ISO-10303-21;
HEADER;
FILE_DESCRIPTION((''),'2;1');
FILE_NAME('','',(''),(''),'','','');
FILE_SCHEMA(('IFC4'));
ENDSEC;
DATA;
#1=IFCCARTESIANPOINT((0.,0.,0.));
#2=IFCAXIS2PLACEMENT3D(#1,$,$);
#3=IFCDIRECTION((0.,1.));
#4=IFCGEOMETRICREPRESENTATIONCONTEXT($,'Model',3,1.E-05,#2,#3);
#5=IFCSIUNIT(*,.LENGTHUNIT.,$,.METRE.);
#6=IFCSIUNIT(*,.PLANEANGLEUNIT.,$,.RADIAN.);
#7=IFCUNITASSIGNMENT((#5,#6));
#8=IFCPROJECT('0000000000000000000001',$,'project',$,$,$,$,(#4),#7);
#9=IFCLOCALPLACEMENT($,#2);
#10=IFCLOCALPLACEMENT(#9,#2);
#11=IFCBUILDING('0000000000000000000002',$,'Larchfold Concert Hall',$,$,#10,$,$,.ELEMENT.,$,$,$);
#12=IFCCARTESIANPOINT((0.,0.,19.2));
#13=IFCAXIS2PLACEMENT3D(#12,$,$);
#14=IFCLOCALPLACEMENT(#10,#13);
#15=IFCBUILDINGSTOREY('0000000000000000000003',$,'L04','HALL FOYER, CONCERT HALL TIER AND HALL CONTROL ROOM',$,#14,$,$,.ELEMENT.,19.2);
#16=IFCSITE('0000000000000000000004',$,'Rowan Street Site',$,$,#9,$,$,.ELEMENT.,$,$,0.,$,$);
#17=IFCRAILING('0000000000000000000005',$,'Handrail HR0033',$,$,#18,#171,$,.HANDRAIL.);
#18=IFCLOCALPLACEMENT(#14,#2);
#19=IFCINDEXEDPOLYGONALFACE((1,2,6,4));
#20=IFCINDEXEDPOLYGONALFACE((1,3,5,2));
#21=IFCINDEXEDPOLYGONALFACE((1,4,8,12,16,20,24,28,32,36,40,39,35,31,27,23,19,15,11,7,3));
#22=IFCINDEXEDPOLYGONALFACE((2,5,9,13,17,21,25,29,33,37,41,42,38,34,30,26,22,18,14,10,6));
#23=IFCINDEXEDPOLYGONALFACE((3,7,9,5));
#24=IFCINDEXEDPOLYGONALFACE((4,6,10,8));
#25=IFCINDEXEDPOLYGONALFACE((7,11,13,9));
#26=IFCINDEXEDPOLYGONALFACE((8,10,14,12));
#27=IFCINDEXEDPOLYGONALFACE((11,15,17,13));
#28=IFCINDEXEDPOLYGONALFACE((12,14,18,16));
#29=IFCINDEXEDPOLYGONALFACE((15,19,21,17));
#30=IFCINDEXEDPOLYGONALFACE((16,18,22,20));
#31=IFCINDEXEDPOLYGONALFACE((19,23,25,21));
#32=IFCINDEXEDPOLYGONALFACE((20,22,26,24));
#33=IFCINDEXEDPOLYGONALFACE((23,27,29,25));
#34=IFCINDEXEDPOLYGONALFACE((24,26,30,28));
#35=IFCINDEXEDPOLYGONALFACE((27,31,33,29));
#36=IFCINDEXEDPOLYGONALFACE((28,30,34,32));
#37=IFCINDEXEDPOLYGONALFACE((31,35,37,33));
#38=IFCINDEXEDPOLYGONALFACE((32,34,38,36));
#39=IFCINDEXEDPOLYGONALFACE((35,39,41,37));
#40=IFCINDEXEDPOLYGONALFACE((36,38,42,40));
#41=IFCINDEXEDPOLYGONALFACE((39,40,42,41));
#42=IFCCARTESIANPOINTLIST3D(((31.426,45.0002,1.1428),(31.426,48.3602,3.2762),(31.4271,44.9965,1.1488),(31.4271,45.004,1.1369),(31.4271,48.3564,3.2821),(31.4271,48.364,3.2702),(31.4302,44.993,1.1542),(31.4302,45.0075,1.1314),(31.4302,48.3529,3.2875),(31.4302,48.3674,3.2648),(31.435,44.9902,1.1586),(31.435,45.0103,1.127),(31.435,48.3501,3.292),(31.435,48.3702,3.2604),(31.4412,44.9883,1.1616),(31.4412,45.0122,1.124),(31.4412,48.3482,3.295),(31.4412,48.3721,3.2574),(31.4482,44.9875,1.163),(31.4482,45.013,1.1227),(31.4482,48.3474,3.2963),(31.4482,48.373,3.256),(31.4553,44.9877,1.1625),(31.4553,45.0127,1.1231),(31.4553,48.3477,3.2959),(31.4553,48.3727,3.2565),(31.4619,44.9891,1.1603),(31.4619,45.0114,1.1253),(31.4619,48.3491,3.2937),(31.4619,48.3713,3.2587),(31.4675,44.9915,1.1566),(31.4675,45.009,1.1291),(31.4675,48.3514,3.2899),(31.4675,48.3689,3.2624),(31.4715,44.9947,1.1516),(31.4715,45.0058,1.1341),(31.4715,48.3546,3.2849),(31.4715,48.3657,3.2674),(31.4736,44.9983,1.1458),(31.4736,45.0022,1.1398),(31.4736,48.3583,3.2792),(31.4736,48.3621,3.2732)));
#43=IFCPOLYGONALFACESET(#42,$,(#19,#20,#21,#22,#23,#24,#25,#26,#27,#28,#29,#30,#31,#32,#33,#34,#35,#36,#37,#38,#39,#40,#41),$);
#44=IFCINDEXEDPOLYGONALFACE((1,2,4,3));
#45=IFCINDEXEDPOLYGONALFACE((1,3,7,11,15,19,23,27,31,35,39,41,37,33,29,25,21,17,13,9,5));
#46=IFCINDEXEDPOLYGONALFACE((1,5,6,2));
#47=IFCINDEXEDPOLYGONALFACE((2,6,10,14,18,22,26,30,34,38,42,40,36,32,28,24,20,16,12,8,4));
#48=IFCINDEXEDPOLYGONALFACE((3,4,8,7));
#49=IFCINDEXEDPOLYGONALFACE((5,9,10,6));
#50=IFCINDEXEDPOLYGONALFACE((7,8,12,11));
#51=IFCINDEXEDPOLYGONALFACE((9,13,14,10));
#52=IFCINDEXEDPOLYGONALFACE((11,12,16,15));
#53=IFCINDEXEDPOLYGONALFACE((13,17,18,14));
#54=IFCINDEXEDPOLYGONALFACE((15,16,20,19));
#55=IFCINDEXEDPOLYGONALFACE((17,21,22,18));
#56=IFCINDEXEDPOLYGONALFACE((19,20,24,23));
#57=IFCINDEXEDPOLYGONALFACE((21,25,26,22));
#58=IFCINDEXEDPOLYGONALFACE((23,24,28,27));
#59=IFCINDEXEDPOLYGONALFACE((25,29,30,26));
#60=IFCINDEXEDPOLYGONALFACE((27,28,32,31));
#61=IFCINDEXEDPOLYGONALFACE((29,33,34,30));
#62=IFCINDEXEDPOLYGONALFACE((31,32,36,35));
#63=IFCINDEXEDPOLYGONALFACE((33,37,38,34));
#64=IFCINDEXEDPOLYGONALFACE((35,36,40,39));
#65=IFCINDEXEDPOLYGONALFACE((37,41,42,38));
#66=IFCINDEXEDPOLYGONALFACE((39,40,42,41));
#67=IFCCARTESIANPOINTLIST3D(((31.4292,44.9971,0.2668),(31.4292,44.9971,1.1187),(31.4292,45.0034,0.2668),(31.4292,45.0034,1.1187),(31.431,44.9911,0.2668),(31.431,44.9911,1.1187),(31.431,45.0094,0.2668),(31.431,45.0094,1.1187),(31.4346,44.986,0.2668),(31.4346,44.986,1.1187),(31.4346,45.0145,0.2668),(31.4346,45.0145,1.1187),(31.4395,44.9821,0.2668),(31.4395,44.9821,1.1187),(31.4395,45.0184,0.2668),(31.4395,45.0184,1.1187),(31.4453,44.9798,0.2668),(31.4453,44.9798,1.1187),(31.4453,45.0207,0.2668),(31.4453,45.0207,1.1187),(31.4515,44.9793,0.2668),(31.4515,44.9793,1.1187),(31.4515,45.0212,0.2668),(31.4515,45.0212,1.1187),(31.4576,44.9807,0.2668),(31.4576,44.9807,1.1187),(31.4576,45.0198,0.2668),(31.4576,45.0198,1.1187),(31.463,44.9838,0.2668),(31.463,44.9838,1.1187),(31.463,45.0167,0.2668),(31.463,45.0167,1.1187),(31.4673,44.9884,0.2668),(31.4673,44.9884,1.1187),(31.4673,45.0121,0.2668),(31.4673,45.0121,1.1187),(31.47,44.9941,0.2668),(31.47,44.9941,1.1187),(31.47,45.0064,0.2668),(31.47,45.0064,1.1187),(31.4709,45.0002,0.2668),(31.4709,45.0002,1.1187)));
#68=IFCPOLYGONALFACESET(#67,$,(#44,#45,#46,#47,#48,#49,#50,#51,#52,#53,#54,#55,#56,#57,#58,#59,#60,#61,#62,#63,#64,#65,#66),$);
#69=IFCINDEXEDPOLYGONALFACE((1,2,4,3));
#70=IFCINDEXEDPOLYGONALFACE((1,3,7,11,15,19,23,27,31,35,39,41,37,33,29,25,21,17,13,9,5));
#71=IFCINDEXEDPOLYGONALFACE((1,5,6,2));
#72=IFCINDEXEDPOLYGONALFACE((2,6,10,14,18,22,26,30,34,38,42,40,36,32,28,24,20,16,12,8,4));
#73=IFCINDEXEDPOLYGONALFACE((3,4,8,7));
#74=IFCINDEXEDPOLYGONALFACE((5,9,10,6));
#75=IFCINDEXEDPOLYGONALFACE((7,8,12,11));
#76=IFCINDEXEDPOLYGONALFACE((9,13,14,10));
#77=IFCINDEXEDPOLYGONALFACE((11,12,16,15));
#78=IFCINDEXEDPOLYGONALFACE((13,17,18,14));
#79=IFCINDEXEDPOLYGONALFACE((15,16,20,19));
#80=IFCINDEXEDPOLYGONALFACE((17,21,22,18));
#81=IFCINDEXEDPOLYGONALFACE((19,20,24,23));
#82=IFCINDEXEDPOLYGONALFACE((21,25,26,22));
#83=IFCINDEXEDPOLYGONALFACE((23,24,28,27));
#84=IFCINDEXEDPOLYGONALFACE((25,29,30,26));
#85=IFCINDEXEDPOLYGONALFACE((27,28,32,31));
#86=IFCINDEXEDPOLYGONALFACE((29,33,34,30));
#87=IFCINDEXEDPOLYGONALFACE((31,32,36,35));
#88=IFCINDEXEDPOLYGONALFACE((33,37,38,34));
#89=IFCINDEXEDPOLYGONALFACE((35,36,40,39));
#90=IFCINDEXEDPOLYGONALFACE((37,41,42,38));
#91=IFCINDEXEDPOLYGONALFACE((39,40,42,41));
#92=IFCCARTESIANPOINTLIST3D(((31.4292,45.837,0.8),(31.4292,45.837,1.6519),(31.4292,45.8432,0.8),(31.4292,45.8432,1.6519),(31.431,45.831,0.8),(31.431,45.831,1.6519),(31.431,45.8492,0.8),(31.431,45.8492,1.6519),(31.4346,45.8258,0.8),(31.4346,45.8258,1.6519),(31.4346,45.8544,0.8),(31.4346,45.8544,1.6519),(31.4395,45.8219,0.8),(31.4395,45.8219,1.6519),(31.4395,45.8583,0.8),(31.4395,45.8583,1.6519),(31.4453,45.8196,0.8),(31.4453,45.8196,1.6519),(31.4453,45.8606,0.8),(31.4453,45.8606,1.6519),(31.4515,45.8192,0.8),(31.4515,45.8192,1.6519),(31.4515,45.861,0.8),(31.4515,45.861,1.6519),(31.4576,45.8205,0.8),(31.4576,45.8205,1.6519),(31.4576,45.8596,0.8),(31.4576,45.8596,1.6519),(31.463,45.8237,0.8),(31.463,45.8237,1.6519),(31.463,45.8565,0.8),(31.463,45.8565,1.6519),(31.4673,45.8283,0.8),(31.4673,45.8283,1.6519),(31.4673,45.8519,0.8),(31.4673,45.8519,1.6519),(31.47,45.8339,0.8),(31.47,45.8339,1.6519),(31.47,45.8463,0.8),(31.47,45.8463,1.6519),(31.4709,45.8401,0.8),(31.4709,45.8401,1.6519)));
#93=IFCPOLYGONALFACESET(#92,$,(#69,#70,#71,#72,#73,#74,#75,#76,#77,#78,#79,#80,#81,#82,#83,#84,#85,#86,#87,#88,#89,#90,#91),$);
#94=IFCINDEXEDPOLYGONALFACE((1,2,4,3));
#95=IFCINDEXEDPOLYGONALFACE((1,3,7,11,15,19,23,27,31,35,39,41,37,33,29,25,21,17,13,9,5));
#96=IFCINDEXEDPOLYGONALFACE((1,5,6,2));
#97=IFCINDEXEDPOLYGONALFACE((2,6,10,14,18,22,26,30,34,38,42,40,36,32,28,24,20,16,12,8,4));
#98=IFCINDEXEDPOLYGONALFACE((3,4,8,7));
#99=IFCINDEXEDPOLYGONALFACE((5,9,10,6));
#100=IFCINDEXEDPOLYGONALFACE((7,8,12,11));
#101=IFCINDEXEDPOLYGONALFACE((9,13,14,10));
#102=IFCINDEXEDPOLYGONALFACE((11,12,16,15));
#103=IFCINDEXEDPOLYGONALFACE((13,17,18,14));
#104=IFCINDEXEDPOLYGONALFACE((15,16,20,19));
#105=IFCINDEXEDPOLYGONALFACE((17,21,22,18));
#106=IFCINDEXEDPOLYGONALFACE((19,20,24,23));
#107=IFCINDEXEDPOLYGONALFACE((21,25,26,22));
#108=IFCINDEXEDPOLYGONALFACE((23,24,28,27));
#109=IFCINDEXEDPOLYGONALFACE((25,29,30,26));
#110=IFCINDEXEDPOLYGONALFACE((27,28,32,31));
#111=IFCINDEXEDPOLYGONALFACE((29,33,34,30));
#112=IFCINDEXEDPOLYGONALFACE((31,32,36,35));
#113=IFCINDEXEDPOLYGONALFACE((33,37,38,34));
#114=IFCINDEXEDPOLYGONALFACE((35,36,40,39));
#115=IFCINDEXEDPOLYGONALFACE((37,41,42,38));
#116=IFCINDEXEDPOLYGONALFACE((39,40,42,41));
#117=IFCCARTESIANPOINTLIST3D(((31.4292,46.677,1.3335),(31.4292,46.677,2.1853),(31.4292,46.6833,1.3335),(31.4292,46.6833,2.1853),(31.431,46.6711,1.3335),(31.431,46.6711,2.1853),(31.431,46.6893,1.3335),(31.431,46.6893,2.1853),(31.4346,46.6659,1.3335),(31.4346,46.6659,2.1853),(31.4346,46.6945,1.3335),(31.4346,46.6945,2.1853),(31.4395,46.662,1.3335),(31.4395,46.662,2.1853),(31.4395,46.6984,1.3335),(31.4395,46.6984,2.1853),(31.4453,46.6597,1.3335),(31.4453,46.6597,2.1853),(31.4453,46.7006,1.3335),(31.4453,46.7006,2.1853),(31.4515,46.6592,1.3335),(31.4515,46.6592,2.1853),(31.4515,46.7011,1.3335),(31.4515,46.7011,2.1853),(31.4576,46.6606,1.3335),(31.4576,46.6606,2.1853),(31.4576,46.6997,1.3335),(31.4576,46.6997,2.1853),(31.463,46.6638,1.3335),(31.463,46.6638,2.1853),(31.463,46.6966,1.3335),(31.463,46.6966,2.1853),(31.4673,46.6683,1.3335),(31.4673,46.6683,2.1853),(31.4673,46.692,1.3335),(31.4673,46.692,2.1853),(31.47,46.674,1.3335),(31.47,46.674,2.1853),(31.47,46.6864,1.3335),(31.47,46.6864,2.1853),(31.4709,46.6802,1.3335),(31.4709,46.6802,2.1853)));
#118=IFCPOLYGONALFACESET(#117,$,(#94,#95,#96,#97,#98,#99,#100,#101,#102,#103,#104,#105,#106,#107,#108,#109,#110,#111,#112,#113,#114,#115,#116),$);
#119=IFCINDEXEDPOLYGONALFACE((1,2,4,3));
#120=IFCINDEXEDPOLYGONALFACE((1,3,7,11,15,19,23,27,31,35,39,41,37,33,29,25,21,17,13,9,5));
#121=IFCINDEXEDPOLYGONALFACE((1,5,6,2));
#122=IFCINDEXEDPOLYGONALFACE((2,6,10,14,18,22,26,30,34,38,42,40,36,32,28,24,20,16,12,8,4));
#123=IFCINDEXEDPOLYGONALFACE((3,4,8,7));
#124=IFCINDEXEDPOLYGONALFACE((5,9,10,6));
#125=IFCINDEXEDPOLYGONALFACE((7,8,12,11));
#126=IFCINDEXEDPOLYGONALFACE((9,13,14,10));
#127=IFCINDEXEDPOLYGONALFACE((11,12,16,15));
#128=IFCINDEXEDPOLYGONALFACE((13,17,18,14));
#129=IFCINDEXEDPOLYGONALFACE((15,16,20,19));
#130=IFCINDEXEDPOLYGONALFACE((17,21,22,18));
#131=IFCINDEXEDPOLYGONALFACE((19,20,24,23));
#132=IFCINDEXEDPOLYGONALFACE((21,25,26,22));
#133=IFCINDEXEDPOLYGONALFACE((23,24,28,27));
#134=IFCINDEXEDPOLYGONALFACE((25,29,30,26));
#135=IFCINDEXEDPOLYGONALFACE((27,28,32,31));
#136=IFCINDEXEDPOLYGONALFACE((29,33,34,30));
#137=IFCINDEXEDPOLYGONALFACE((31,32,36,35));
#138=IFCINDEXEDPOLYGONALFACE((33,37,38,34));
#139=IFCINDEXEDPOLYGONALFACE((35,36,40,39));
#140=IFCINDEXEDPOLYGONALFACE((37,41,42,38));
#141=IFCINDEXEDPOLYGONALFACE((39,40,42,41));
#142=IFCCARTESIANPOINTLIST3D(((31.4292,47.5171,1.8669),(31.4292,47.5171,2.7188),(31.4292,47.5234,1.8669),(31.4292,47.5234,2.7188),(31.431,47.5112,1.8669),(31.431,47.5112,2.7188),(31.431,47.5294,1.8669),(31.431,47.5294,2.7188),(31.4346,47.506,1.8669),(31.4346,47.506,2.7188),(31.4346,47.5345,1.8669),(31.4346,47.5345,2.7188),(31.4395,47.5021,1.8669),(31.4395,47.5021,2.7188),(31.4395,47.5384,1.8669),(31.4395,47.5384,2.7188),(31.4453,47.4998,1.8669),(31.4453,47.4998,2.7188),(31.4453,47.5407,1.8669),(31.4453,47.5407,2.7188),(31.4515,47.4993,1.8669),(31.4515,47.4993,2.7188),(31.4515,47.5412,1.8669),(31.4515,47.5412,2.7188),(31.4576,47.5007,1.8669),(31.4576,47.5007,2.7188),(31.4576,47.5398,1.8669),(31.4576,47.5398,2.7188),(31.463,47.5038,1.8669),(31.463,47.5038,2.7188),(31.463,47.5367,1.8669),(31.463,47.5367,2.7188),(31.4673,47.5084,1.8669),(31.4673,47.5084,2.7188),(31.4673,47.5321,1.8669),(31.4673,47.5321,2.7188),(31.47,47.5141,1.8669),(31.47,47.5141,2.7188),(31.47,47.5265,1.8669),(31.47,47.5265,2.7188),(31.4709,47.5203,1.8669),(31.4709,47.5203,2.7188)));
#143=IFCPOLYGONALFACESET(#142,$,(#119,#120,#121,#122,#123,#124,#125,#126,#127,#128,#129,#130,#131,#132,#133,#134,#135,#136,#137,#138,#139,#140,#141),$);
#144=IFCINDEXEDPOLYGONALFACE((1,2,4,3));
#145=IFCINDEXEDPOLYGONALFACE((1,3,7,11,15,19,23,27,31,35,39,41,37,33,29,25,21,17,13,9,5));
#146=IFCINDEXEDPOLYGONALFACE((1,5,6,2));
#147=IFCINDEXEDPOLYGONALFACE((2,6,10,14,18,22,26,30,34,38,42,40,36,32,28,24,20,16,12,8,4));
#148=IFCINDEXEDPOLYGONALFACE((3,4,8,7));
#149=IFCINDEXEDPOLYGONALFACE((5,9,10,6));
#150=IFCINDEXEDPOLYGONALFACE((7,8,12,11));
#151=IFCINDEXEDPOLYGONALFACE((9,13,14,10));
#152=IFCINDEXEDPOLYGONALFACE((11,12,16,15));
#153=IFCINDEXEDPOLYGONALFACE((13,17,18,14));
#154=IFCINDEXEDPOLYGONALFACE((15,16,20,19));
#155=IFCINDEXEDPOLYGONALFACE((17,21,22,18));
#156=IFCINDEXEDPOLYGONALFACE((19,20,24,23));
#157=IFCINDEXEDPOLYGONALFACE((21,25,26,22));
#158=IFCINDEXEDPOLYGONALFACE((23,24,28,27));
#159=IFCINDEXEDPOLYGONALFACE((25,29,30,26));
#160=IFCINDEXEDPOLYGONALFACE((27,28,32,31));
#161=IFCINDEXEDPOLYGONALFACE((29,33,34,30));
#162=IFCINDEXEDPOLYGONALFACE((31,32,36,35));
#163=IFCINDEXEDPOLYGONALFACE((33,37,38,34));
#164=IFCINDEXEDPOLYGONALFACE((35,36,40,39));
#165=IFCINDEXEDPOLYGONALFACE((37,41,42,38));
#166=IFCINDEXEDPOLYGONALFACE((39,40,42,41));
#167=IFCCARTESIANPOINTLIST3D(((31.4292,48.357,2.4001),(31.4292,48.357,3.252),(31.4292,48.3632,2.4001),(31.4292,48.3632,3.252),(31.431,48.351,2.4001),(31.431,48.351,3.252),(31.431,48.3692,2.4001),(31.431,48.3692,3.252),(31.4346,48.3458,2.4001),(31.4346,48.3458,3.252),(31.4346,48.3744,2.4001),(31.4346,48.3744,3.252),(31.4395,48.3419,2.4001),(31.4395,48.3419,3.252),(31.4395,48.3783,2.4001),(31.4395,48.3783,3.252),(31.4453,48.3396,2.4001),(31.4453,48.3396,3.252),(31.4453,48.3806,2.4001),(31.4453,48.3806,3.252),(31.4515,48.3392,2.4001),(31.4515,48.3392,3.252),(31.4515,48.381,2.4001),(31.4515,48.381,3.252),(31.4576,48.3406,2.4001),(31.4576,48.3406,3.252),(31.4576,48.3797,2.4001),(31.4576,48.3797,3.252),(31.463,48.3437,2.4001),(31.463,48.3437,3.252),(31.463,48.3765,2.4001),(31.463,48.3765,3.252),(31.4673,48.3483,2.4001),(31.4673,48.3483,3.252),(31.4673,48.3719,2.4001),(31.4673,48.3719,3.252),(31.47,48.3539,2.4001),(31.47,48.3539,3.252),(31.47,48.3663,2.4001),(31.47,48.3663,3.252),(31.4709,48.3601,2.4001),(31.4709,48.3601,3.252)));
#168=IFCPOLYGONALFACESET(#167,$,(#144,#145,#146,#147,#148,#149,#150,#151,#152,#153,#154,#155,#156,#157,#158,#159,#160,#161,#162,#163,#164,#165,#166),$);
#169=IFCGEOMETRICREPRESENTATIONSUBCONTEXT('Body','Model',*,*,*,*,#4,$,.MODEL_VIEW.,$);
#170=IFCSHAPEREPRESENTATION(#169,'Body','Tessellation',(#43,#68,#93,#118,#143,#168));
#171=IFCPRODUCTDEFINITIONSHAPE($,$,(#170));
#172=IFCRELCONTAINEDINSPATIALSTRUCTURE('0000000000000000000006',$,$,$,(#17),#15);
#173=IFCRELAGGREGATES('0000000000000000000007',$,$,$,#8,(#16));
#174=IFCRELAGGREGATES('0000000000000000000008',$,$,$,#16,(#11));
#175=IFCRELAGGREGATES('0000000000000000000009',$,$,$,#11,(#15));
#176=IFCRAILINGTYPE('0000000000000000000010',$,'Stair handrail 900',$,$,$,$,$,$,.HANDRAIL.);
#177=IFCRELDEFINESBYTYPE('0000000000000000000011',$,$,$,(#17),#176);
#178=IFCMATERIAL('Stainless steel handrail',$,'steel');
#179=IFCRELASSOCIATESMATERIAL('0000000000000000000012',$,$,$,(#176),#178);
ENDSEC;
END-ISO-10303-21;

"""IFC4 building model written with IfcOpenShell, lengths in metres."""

from ifc_helpers import new_model, si_unit, direction, frame, origin, origin_2d, place, context, subcontext, project, spatial, circle, extrude, material, type_object, element, save


model = new_model("IFC4")

# Units and contexts
model_context = context("Model", 3, precision=1e-05, world=origin(), true_north=direction((0.0, 1.0)))
body_context = subcontext(model_context, "Body", "Model", "MODEL_VIEW")
ifc_project = project(units=[si_unit("LENGTHUNIT", "METRE"), si_unit("PLANEANGLEUNIT", "RADIAN")], contexts=[model_context])

# Site, building, storey
site_placement = place(None, origin())
site = spatial("IfcSite", under=ifc_project, at=site_placement, Name="Rowan Street Site", CompositionType="ELEMENT", RefElevation=0.0)
building_placement = place(site_placement, origin())
building = spatial("IfcBuilding", under=site, at=building_placement, Name="Larchfold Concert Hall", CompositionType="ELEMENT")
storey_placement = place(building_placement, frame((0.0, 0.0, 19.2)))
storey = spatial("IfcBuildingStorey", under=building, at=storey_placement, Name="L04", Description="HALL FOYER, CONCERT HALL TIER AND HALL CONTROL ROOM", CompositionType="ELEMENT", Elevation=19.2)

# Railing
ifc_material_1 = material(Name="Stainless steel handrail", Category="steel")
railing_type_1 = type_object("IfcRailingType", Name="Stair handrail 900", PredefinedType="HANDRAIL", material=ifc_material_1)
railing_1_placement = place(storey_placement, frame((31.45, 45.0002, 0.2668)))
element("IfcRailing", 1, at=railing_1_placement, inside=storey, type_object=railing_type_1, Name="Handrail HR0033", PredefinedType="HANDRAIL", context=body_context, shape_type="SweptSolid", body=[
    extrude(circle(Radius=0.0239, at=origin_2d()), frame((0.0, 0.0, 0.876), z_axis=(0.0, 0.844207, 0.536018), x_axis=(-1.0, 0.0, 0.0)), (0.0, 0.0, 1.0), 3.98),
    extrude(circle(Radius=0.021, at=origin_2d()), origin(), (0.0, 0.0, 1.0), 0.8518),
    extrude(circle(Radius=0.021, at=origin_2d()), frame((0.0, 0.8398, 0.5332)), (0.0, 0.0, 1.0), 0.8518),
    extrude(circle(Radius=0.021, at=origin_2d()), frame((0.0, 1.6799, 1.0667)), (0.0, 0.0, 1.0), 0.8518),
    extrude(circle(Radius=0.021, at=origin_2d()), frame((0.0, 2.52, 1.6001)), (0.0, 0.0, 1.0), 0.8518),
    extrude(circle(Radius=0.021, at=origin_2d()), frame((0.0, 3.3599, 2.1333)), (0.0, 0.0, 1.0), 0.8518),
])

save(model, "model.ifc")
